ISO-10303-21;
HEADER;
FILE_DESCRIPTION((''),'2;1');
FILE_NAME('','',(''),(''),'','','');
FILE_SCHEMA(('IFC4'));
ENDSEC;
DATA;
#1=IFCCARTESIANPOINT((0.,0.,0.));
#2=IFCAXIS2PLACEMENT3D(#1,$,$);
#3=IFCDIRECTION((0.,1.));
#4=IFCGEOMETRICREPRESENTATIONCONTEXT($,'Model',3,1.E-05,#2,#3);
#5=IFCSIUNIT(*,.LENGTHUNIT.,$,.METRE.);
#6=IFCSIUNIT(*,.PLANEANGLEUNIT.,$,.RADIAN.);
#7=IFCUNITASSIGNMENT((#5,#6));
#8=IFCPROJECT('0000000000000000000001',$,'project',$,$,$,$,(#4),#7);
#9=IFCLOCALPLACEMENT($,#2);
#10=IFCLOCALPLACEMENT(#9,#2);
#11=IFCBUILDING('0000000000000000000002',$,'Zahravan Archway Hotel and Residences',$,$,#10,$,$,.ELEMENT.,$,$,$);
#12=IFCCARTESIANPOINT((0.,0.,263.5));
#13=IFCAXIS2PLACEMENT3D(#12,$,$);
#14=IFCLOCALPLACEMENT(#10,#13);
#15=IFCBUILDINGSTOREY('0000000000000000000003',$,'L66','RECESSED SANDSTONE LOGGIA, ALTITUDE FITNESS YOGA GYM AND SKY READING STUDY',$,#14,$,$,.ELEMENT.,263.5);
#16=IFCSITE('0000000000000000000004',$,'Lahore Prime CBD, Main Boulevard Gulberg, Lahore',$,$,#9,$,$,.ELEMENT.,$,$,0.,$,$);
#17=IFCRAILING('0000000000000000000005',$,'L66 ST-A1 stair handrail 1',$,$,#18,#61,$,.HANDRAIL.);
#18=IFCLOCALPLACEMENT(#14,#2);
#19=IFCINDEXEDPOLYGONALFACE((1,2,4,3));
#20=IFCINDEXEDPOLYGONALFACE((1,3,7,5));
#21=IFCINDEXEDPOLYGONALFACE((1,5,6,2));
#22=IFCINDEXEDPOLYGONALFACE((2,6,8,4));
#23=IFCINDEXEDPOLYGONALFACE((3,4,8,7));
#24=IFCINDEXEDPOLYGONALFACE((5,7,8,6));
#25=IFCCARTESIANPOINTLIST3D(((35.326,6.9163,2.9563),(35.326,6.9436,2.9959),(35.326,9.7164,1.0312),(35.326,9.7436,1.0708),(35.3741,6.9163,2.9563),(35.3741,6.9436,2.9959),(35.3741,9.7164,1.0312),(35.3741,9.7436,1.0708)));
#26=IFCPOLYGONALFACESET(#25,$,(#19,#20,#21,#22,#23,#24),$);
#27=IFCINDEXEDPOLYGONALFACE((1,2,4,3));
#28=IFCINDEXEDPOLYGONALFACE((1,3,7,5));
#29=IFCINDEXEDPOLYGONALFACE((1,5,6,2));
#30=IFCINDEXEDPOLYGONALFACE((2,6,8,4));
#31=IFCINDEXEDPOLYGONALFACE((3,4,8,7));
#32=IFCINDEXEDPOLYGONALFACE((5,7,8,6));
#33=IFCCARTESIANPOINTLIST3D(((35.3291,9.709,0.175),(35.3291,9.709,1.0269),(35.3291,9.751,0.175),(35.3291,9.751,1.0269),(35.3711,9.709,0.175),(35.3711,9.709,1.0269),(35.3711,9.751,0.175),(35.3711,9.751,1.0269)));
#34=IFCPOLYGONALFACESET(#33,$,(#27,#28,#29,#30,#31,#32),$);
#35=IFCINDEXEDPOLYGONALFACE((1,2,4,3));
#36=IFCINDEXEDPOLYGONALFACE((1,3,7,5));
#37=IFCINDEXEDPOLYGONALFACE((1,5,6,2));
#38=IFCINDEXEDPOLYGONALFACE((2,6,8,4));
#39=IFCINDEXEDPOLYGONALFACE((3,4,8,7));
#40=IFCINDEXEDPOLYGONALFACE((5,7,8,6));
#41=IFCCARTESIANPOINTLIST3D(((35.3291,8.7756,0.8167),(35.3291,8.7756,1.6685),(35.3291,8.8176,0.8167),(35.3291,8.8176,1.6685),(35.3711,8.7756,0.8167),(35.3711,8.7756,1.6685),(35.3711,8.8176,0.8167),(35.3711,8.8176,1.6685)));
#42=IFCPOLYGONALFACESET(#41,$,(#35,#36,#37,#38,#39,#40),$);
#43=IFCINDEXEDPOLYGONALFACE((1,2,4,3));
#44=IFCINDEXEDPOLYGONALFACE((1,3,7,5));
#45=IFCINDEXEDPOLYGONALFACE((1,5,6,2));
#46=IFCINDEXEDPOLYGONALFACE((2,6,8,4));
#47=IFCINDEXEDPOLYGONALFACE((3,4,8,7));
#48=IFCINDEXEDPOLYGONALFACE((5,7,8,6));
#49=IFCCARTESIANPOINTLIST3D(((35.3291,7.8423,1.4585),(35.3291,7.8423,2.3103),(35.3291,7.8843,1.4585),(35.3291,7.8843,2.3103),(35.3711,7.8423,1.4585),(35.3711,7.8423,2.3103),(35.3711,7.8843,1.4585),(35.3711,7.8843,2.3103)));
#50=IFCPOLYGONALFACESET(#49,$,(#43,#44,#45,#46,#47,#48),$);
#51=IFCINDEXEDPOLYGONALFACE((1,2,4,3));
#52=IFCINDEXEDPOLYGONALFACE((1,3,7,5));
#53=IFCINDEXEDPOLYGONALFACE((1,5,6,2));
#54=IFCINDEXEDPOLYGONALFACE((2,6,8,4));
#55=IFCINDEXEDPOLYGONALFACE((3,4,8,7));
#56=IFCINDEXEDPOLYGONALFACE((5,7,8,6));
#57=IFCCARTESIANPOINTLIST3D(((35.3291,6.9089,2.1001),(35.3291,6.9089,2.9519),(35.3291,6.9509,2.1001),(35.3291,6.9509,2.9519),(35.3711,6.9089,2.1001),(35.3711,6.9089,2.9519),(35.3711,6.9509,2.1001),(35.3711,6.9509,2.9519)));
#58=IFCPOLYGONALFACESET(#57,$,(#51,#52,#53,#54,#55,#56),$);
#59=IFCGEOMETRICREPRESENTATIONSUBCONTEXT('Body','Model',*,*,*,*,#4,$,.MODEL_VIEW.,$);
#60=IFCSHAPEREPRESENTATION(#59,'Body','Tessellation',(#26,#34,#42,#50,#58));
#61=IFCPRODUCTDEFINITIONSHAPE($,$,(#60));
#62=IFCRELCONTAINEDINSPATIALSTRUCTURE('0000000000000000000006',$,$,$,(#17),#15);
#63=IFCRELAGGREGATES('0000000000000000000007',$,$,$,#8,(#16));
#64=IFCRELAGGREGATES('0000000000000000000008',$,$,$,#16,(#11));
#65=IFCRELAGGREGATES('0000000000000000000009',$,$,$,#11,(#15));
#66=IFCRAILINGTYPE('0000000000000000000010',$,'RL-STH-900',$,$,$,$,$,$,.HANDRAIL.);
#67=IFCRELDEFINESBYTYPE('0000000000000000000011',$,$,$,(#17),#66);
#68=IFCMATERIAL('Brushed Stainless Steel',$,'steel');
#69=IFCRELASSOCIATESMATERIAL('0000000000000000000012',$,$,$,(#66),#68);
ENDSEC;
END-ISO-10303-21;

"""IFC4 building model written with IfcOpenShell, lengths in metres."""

from ifc_helpers import new_model, si_unit, direction, frame, origin, origin_2d, place, context, subcontext, project, spatial, rectangle, extrude, material, type_object, element, save


model = new_model("IFC4")

# Units and contexts
model_context = context("Model", 3, precision=1e-05, world=origin(), true_north=direction((0.0, 1.0)))
body_context = subcontext(model_context, "Body", "Model", "MODEL_VIEW")
ifc_project = project(units=[si_unit("LENGTHUNIT", "METRE"), si_unit("PLANEANGLEUNIT", "RADIAN")], contexts=[model_context])

# Site, building, storey
site_placement = place(None, origin())
site = spatial("IfcSite", under=ifc_project, at=site_placement, Name="Lahore Prime CBD, Main Boulevard Gulberg, Lahore", CompositionType="ELEMENT", RefElevation=0.0)
building_placement = place(site_placement, origin())
building = spatial("IfcBuilding", under=site, at=building_placement, Name="Zahravan Archway Hotel and Residences", CompositionType="ELEMENT")
storey_placement = place(building_placement, frame((0.0, 0.0, 263.5)))
storey = spatial("IfcBuildingStorey", under=building, at=storey_placement, Name="L66", Description="RECESSED SANDSTONE LOGGIA, ALTITUDE FITNESS YOGA GYM AND SKY READING STUDY", CompositionType="ELEMENT", Elevation=263.5)

# Shared definitions
ifc_material_1 = material(Name="Brushed Stainless Steel", Category="steel")

# Railing
railing_type_1 = type_object("IfcRailingType", Name="RL-STH-900", PredefinedType="HANDRAIL", material=ifc_material_1)
railing_1_placement = place(storey_placement, frame((35.3501, 9.73, 0.175)))
element("IfcRailing", 1, at=railing_1_placement, inside=storey, type_object=railing_type_1, Name="L66 ST-A1 stair handrail 1", PredefinedType="HANDRAIL", context=body_context, shape_type="SweptSolid", body=[
    extrude(rectangle(XDim=0.0481, YDim=0.0481, at=origin_2d()), frame((0.0, 0.0, 0.876), z_axis=(0.0, -0.82404, 0.566532), x_axis=(1.0, 0.0, 0.0)), (0.0, 0.0, 1.0), 3.3979),
    extrude(rectangle(XDim=0.042, YDim=0.042, at=origin_2d()), origin(), (0.0, 0.0, 1.0), 0.8518),
    extrude(rectangle(XDim=0.042, YDim=0.042, at=origin_2d()), frame((0.0, -0.9333, 0.6416)), (0.0, 0.0, 1.0), 0.8518),
    extrude(rectangle(XDim=0.042, YDim=0.042, at=origin_2d()), frame((0.0, -1.8667, 1.2834)), (0.0, 0.0, 1.0), 0.8518),
    extrude(rectangle(XDim=0.042, YDim=0.042, at=origin_2d()), frame((0.0, -2.8, 1.925)), (0.0, 0.0, 1.0), 0.8518),
])

save(model, "model.ifc")
